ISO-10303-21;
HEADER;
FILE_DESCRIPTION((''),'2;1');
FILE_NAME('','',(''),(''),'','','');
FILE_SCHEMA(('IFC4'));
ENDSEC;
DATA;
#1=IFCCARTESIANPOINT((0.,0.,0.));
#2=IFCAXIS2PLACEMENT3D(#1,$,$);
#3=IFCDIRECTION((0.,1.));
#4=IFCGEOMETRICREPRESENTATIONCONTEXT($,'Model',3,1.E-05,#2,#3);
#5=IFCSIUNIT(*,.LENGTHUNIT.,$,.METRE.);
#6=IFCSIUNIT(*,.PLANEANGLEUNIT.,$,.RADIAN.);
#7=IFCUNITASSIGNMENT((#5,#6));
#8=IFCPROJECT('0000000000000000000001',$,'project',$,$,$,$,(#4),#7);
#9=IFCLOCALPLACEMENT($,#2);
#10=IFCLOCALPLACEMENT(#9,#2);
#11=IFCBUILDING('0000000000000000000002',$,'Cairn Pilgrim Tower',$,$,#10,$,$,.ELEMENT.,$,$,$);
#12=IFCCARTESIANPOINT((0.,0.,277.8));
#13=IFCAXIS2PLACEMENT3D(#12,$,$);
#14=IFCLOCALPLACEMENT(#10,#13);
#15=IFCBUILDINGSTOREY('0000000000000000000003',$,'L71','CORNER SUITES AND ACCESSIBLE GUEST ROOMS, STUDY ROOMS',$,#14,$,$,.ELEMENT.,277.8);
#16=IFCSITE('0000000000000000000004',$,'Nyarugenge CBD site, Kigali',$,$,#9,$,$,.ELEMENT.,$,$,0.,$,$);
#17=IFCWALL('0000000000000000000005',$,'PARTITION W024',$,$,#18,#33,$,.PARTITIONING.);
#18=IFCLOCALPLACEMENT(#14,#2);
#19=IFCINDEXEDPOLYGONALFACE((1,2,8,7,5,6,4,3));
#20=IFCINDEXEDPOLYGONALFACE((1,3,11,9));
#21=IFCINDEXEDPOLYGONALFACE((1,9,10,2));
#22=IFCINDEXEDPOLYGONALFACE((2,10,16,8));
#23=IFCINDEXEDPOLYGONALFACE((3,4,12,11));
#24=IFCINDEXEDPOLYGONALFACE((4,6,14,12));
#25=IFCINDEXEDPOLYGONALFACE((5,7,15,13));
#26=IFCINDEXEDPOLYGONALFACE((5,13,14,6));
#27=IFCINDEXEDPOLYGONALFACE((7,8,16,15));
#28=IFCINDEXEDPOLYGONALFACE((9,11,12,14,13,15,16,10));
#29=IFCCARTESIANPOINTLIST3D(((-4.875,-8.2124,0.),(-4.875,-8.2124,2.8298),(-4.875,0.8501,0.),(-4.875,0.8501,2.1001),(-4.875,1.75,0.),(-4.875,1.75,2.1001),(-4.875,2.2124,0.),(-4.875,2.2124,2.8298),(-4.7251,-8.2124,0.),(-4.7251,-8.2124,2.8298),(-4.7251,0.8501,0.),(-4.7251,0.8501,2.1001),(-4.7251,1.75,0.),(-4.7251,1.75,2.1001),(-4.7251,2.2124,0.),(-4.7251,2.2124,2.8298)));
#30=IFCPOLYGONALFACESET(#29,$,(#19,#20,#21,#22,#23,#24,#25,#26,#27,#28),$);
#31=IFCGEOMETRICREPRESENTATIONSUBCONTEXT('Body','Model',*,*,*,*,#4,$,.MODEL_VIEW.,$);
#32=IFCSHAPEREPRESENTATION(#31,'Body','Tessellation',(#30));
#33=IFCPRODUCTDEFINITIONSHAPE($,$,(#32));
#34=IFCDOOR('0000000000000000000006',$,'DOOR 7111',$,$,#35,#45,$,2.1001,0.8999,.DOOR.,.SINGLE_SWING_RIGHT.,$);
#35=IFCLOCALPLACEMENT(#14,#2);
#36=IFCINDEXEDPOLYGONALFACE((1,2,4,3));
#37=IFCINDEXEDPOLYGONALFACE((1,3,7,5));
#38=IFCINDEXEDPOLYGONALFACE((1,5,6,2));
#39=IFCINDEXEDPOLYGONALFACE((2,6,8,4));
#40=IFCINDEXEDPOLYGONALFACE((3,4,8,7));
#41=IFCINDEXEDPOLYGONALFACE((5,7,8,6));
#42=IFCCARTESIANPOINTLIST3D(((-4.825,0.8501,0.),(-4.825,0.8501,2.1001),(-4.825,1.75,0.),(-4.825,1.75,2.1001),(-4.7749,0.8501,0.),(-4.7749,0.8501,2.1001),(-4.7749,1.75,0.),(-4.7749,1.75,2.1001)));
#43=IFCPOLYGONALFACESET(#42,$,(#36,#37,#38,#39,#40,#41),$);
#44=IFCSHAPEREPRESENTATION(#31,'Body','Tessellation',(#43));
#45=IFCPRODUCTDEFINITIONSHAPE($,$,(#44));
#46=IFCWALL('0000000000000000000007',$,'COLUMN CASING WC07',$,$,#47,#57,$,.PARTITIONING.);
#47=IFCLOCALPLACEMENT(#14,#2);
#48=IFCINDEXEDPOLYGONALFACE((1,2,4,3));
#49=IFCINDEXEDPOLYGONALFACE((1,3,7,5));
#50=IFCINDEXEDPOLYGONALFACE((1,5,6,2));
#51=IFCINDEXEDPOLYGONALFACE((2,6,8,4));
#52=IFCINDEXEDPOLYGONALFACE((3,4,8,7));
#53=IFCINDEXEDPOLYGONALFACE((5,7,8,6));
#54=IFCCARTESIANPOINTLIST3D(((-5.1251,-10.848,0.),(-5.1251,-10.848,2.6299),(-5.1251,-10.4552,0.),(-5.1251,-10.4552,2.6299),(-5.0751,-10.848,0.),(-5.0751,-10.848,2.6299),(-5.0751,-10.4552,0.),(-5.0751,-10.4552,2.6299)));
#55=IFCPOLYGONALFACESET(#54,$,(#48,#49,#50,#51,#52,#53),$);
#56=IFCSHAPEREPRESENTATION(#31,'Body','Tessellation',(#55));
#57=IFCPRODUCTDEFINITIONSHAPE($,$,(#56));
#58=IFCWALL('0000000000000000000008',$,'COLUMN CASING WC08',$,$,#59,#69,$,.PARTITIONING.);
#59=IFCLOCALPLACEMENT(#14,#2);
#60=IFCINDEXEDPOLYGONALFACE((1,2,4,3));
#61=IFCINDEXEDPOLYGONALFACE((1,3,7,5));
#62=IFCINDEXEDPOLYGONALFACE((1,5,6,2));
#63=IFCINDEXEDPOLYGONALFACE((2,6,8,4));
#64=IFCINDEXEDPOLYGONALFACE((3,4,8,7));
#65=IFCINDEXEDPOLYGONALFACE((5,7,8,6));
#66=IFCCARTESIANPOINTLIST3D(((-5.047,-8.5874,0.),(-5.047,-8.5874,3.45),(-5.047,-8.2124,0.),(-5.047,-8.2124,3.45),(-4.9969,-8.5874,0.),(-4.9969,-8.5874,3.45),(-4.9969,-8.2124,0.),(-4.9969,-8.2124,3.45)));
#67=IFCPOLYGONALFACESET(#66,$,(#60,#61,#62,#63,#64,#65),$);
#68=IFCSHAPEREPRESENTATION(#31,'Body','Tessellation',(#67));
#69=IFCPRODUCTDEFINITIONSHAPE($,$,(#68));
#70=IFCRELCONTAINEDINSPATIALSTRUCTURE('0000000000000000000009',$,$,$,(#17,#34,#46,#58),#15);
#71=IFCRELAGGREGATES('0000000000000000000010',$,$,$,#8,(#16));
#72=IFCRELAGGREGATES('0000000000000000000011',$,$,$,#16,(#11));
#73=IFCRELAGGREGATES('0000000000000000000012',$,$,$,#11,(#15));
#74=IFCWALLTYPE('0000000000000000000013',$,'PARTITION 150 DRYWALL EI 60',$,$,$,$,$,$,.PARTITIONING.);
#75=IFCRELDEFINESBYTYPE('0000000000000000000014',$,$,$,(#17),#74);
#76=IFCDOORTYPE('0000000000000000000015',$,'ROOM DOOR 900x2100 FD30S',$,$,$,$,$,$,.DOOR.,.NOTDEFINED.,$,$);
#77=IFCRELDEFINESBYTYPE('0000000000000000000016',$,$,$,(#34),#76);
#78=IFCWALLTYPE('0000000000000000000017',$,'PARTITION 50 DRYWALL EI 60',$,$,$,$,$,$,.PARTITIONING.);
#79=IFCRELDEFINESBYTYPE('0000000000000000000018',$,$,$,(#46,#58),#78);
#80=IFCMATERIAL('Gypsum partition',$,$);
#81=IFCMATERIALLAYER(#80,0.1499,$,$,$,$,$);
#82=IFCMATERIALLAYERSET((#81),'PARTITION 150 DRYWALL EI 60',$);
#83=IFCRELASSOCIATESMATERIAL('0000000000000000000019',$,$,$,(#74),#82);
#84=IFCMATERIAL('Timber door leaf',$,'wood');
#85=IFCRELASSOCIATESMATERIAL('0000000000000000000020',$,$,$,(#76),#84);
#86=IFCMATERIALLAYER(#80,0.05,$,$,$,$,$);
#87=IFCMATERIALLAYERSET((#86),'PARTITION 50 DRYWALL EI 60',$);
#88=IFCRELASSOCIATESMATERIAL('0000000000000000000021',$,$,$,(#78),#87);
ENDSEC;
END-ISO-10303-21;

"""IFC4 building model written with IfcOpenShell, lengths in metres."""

from ifc_helpers import new_model, si_unit, direction, frame, frame_2d, origin, place, context, subcontext, project, spatial, rectangle, extrude, material, layer, layer_set, type_object, element, fill, save


model = new_model("IFC4")

# Units and contexts
model_context = context("Model", 3, precision=1e-05, world=origin(), true_north=direction((0.0, 1.0)))
body_context = subcontext(model_context, "Body", "Model", "MODEL_VIEW")
ifc_project = project(units=[si_unit("LENGTHUNIT", "METRE"), si_unit("PLANEANGLEUNIT", "RADIAN")], contexts=[model_context])

# Site, building, storey
site_placement = place(None, origin())
site = spatial("IfcSite", under=ifc_project, at=site_placement, Name="Nyarugenge CBD site, Kigali", CompositionType="ELEMENT", RefElevation=0.0)
building_placement = place(site_placement, origin())
building = spatial("IfcBuilding", under=site, at=building_placement, Name="Cairn Pilgrim Tower", CompositionType="ELEMENT")
storey_placement = place(building_placement, frame((0.0, 0.0, 277.8)))
storey = spatial("IfcBuildingStorey", under=building, at=storey_placement, Name="L71", Description="CORNER SUITES AND ACCESSIBLE GUEST ROOMS, STUDY ROOMS", CompositionType="ELEMENT", Elevation=277.8)

# Shared definitions
ifc_material_1 = material(Name="Gypsum partition")
ifc_layer_1 = layer(ifc_material_1, 0.1499)
ifc_layer_set_1 = layer_set([ifc_layer_1], Name="PARTITION 150 DRYWALL EI 60")
wall_type_1 = type_object("IfcWallType", Name="PARTITION 150 DRYWALL EI 60", PredefinedType="PARTITIONING", material=ifc_layer_set_1)

# Wall, opening, door
ifc_material_2 = material(Name="Timber door leaf", Category="wood")
wall_1_placement = place(storey_placement, frame((-4.8, -8.2124, 0.0), z_axis=(0.0, 0.0, 1.0), x_axis=(0.0, 1.0, 0.0)))
wall_1 = element("IfcWall", 1, at=wall_1_placement, inside=storey, type_object=wall_type_1, Name="PARTITION W024", PredefinedType="PARTITIONING", context=body_context, shape_type="SweptSolid", body=[
    extrude(rectangle(XDim=10.4248, YDim=0.1499, at=frame_2d((5.2124, 0.0))), origin(), (0.0, 0.0, 1.0), 2.8298),
])
opening_1_placement = place(wall_1_placement, frame((9.0625, 0.0, 0.0)))
opening_1 = element("IfcOpeningElement", 2, at=opening_1_placement, cuts=wall_1, PredefinedType="OPENING", context=body_context, shape_type="SweptSolid", body=[
    extrude(rectangle(XDim=0.8999, YDim=2.1001, at=frame_2d((0.45, 1.05))), frame((0.0, 0.085, 0.0), z_axis=(0.0, -1.0, 0.0), x_axis=(1.0, 0.0, 0.0)), (0.0, 0.0, 1.0), 0.1699),
])
door_type_1 = type_object("IfcDoorType", Name="ROOM DOOR 900x2100 FD30S", OperationType="NOTDEFINED", PredefinedType="DOOR", material=ifc_material_2)
door_1_placement = place(opening_1_placement, origin())
door_1 = element("IfcDoor", 3, at=door_1_placement, inside=storey, type_object=door_type_1, Name="DOOR 7111", OperationType="SINGLE_SWING_RIGHT", OverallHeight=2.1001, OverallWidth=0.8999, PredefinedType="DOOR", context=body_context, shape_type="SweptSolid", body=[
    extrude(rectangle(XDim=0.8999, YDim=2.1001, at=frame_2d((0.45, 1.05))), frame((0.0, 0.0249, 0.0), z_axis=(0.0, -1.0, 0.0), x_axis=(1.0, 0.0, 0.0)), (0.0, 0.0, 1.0), 0.05),
])
fill(opening_1, door_1)

# Walls
ifc_layer_2 = layer(ifc_material_1, 0.05)
ifc_layer_set_2 = layer_set([ifc_layer_2], Name="PARTITION 50 DRYWALL EI 60")
wall_type_2 = type_object("IfcWallType", Name="PARTITION 50 DRYWALL EI 60", PredefinedType="PARTITIONING", material=ifc_layer_set_2)
wall_2_placement = place(storey_placement, frame((-5.1001, -10.8479, 0.0), z_axis=(0.0, 0.0, 1.0), x_axis=(0.0, 1.0, 0.0)))
element("IfcWall", 4, at=wall_2_placement, inside=storey, type_object=wall_type_2, Name="COLUMN CASING WC07", PredefinedType="PARTITIONING", context=body_context, shape_type="SweptSolid", body=[
    extrude(rectangle(XDim=0.3928, YDim=0.05, at=frame_2d((0.1963, 0.0))), origin(), (0.0, 0.0, 1.0), 2.6299),
])
wall_3_placement = place(storey_placement, frame((-5.022, -8.5874, 0.0), z_axis=(0.0, 0.0, 1.0), x_axis=(0.0, 1.0, 0.0)))
element("IfcWall", 5, at=wall_3_placement, inside=storey, type_object=wall_type_2, Name="COLUMN CASING WC08", PredefinedType="PARTITIONING", context=body_context, shape_type="SweptSolid", body=[
    extrude(rectangle(XDim=0.375, YDim=0.05, at=frame_2d((0.1875, 0.0))), origin(), (0.0, 0.0, 1.0), 3.45),
])

save(model, "model.ifc")
